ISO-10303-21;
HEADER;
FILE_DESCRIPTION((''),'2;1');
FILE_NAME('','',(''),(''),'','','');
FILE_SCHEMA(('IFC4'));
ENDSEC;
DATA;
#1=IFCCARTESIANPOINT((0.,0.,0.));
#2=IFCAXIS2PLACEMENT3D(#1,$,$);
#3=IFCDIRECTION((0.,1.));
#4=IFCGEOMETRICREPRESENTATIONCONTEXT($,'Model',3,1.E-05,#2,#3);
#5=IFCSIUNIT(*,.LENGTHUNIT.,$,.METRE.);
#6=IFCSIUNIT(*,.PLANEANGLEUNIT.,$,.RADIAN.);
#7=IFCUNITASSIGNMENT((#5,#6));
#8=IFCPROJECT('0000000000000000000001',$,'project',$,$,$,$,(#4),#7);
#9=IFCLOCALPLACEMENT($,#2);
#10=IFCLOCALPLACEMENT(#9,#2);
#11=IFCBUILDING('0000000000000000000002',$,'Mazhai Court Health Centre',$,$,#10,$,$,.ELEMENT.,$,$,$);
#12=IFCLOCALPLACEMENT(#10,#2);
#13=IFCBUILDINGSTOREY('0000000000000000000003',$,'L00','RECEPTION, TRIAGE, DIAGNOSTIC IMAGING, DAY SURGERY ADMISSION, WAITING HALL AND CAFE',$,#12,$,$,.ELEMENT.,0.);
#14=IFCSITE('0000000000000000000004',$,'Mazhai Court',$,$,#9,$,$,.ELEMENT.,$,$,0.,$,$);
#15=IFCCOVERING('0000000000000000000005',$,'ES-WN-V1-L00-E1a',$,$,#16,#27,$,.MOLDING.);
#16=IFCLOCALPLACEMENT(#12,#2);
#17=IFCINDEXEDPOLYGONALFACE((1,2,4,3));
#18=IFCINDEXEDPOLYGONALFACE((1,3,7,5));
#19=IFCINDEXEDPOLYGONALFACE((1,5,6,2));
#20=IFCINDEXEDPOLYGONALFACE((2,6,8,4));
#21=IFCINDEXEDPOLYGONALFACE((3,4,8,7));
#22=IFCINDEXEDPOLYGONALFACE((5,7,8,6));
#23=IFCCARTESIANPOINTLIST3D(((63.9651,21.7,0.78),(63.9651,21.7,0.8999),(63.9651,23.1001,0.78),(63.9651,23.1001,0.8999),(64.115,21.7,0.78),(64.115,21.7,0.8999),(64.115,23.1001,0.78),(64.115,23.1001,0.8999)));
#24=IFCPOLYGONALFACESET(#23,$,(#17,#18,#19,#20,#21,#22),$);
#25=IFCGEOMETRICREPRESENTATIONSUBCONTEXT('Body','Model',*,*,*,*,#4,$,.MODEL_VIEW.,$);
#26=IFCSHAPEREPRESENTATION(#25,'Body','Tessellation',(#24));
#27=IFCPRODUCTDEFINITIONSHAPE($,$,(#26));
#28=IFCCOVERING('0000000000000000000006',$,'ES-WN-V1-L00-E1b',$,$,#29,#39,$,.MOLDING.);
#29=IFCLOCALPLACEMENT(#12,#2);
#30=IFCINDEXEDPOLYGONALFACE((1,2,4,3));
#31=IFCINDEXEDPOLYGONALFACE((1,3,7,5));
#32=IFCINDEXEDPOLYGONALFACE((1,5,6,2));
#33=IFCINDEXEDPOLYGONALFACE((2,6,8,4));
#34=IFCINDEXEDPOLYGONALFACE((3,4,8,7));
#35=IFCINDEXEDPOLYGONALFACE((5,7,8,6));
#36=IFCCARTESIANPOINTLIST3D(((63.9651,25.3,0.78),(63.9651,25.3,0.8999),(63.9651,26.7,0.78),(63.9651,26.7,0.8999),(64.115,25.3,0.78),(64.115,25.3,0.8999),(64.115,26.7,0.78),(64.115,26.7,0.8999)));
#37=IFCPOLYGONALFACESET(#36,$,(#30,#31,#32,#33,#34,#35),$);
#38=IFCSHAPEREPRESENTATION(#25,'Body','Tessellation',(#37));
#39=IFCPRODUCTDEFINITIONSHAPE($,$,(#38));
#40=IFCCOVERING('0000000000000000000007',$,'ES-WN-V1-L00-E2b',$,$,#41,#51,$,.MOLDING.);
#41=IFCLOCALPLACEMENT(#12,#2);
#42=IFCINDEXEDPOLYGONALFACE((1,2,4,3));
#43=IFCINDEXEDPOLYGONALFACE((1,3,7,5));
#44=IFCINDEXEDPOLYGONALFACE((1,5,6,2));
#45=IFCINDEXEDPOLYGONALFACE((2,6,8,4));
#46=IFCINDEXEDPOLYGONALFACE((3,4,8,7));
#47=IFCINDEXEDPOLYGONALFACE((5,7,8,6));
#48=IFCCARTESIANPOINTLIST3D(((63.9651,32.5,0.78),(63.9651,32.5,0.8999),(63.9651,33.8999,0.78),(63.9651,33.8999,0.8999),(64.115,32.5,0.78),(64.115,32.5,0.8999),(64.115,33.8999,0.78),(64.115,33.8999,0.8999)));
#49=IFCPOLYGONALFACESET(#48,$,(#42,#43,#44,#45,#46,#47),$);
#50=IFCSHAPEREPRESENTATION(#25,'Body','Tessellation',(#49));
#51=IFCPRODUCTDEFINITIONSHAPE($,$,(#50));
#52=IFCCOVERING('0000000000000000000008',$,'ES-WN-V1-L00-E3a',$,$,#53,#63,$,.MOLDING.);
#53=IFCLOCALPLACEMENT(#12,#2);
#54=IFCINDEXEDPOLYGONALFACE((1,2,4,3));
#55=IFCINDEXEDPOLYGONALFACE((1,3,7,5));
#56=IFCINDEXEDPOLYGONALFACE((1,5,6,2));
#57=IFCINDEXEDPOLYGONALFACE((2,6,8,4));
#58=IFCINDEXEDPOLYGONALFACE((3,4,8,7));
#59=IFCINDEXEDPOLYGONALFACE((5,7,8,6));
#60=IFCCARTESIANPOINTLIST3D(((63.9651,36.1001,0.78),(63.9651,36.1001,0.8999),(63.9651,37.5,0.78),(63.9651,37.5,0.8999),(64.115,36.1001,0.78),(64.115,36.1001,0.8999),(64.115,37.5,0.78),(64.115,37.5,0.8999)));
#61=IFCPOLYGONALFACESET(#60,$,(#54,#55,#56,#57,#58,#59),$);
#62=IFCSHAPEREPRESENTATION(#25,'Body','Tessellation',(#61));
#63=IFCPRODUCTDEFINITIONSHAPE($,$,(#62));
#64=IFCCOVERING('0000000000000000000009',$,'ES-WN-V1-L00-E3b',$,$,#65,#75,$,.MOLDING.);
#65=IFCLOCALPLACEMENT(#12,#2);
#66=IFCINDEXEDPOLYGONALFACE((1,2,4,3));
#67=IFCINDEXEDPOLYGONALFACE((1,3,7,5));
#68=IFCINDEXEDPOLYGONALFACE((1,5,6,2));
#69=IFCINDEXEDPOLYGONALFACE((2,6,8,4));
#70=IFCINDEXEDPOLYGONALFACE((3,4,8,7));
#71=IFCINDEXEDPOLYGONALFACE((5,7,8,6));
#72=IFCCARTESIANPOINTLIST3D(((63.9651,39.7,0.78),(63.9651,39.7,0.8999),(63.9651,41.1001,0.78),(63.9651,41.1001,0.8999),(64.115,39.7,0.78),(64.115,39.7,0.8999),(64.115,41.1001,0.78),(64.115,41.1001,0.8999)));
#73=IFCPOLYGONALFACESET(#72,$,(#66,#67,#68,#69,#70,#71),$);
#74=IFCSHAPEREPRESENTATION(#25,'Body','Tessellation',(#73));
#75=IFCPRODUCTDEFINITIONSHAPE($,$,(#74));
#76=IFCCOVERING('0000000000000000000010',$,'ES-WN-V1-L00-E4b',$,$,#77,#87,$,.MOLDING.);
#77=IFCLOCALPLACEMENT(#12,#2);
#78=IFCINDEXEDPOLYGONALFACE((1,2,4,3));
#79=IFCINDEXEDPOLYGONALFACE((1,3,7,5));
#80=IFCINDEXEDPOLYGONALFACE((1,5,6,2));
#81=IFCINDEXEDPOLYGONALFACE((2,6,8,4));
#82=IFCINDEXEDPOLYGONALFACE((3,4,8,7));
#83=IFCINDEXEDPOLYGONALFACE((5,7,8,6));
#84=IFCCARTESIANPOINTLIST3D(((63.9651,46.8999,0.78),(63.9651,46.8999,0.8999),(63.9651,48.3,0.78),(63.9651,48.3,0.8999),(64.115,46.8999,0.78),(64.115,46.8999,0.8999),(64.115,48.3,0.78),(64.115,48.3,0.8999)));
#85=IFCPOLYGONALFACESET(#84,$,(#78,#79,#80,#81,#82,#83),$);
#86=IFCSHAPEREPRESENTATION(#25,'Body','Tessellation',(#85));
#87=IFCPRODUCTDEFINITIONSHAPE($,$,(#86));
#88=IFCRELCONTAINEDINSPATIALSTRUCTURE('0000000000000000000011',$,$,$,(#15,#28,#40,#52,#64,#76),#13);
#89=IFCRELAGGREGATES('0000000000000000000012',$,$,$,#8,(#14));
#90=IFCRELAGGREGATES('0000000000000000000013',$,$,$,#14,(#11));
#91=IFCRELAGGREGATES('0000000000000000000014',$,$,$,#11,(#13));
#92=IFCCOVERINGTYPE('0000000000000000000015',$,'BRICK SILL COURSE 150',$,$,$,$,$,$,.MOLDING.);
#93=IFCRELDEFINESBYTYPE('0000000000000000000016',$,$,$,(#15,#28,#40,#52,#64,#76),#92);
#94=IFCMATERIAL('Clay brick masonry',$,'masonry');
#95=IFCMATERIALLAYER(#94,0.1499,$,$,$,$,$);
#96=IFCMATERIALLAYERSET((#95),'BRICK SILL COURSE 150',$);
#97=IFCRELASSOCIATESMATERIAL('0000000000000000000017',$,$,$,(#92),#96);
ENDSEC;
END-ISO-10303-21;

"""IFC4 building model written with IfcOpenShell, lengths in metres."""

from ifc_helpers import new_model, si_unit, direction, frame, origin, place, context, subcontext, project, spatial, polyline, outline, extrude, material, layer, layer_set, type_object, element, save


model = new_model("IFC4")

# Units and contexts
model_context = context("Model", 3, precision=1e-05, world=origin(), true_north=direction((0.0, 1.0)))
body_context = subcontext(model_context, "Body", "Model", "MODEL_VIEW")
ifc_project = project(units=[si_unit("LENGTHUNIT", "METRE"), si_unit("PLANEANGLEUNIT", "RADIAN")], contexts=[model_context])

# Site, building, storey
site_placement = place(None, origin())
site = spatial("IfcSite", under=ifc_project, at=site_placement, Name="Mazhai Court", CompositionType="ELEMENT", RefElevation=0.0)
building_placement = place(site_placement, origin())
building = spatial("IfcBuilding", under=site, at=building_placement, Name="Mazhai Court Health Centre", CompositionType="ELEMENT")
storey_placement = place(building_placement, origin())
storey = spatial("IfcBuildingStorey", under=building, at=storey_placement, Name="L00", Description="RECEPTION, TRIAGE, DIAGNOSTIC IMAGING, DAY SURGERY ADMISSION, WAITING HALL AND CAFE", CompositionType="ELEMENT", Elevation=0.0)

# Coverings
ifc_material = material(Name="Clay brick masonry", Category="masonry")
ifc_layer = layer(ifc_material, 0.1499)
ifc_layer_set = layer_set([ifc_layer], Name="BRICK SILL COURSE 150")
covering_type = type_object("IfcCoveringType", Name="BRICK SILL COURSE 150", PredefinedType="MOLDING", material=ifc_layer_set)
covering_1_placement = place(storey_placement, frame((0.0, 0.0, 0.78)))
element("IfcCovering", 1, at=covering_1_placement, inside=storey, type_object=covering_type, Name="ES-WN-V1-L00-E1a", PredefinedType="MOLDING", context=body_context, shape_type="SweptSolid", body=[
    extrude(outline(polyline([(63.9651, 23.1001), (63.9651, 21.7), (64.115, 21.7), (64.115, 23.1001), (63.9651, 23.1001)])), origin(), (0.0, 0.0, 1.0), 0.1199),
])
covering_2_placement = place(storey_placement, frame((0.0, 0.0, 0.78)))
element("IfcCovering", 2, at=covering_2_placement, inside=storey, type_object=covering_type, Name="ES-WN-V1-L00-E1b", PredefinedType="MOLDING", context=body_context, shape_type="SweptSolid", body=[
    extrude(outline(polyline([(63.9651, 26.7), (63.9651, 25.3), (64.115, 25.3), (64.115, 26.7), (63.9651, 26.7)])), origin(), (0.0, 0.0, 1.0), 0.1199),
])
covering_3_placement = place(storey_placement, frame((0.0, 0.0, 0.78)))
element("IfcCovering", 3, at=covering_3_placement, inside=storey, type_object=covering_type, Name="ES-WN-V1-L00-E2b", PredefinedType="MOLDING", context=body_context, shape_type="SweptSolid", body=[
    extrude(outline(polyline([(63.9651, 33.8999), (63.9651, 32.5), (64.115, 32.5), (64.115, 33.8999), (63.9651, 33.8999)])), origin(), (0.0, 0.0, 1.0), 0.1199),
])
covering_4_placement = place(storey_placement, frame((0.0, 0.0, 0.78)))
element("IfcCovering", 4, at=covering_4_placement, inside=storey, type_object=covering_type, Name="ES-WN-V1-L00-E3a", PredefinedType="MOLDING", context=body_context, shape_type="SweptSolid", body=[
    extrude(outline(polyline([(63.9651, 37.5), (63.9651, 36.1001), (64.115, 36.1001), (64.115, 37.5), (63.9651, 37.5)])), origin(), (0.0, 0.0, 1.0), 0.1199),
])
covering_5_placement = place(storey_placement, frame((0.0, 0.0, 0.78)))
element("IfcCovering", 5, at=covering_5_placement, inside=storey, type_object=covering_type, Name="ES-WN-V1-L00-E3b", PredefinedType="MOLDING", context=body_context, shape_type="SweptSolid", body=[
    extrude(outline(polyline([(63.9651, 41.1001), (63.9651, 39.7), (64.115, 39.7), (64.115, 41.1001), (63.9651, 41.1001)])), origin(), (0.0, 0.0, 1.0), 0.1199),
])
covering_6_placement = place(storey_placement, frame((0.0, 0.0, 0.78)))
element("IfcCovering", 6, at=covering_6_placement, inside=storey, type_object=covering_type, Name="ES-WN-V1-L00-E4b", PredefinedType="MOLDING", context=body_context, shape_type="SweptSolid", body=[
    extrude(outline(polyline([(63.9651, 48.3), (63.9651, 46.8999), (64.115, 46.8999), (64.115, 48.3), (63.9651, 48.3)])), origin(), (0.0, 0.0, 1.0), 0.1199),
])

save(model, "model.ifc")
